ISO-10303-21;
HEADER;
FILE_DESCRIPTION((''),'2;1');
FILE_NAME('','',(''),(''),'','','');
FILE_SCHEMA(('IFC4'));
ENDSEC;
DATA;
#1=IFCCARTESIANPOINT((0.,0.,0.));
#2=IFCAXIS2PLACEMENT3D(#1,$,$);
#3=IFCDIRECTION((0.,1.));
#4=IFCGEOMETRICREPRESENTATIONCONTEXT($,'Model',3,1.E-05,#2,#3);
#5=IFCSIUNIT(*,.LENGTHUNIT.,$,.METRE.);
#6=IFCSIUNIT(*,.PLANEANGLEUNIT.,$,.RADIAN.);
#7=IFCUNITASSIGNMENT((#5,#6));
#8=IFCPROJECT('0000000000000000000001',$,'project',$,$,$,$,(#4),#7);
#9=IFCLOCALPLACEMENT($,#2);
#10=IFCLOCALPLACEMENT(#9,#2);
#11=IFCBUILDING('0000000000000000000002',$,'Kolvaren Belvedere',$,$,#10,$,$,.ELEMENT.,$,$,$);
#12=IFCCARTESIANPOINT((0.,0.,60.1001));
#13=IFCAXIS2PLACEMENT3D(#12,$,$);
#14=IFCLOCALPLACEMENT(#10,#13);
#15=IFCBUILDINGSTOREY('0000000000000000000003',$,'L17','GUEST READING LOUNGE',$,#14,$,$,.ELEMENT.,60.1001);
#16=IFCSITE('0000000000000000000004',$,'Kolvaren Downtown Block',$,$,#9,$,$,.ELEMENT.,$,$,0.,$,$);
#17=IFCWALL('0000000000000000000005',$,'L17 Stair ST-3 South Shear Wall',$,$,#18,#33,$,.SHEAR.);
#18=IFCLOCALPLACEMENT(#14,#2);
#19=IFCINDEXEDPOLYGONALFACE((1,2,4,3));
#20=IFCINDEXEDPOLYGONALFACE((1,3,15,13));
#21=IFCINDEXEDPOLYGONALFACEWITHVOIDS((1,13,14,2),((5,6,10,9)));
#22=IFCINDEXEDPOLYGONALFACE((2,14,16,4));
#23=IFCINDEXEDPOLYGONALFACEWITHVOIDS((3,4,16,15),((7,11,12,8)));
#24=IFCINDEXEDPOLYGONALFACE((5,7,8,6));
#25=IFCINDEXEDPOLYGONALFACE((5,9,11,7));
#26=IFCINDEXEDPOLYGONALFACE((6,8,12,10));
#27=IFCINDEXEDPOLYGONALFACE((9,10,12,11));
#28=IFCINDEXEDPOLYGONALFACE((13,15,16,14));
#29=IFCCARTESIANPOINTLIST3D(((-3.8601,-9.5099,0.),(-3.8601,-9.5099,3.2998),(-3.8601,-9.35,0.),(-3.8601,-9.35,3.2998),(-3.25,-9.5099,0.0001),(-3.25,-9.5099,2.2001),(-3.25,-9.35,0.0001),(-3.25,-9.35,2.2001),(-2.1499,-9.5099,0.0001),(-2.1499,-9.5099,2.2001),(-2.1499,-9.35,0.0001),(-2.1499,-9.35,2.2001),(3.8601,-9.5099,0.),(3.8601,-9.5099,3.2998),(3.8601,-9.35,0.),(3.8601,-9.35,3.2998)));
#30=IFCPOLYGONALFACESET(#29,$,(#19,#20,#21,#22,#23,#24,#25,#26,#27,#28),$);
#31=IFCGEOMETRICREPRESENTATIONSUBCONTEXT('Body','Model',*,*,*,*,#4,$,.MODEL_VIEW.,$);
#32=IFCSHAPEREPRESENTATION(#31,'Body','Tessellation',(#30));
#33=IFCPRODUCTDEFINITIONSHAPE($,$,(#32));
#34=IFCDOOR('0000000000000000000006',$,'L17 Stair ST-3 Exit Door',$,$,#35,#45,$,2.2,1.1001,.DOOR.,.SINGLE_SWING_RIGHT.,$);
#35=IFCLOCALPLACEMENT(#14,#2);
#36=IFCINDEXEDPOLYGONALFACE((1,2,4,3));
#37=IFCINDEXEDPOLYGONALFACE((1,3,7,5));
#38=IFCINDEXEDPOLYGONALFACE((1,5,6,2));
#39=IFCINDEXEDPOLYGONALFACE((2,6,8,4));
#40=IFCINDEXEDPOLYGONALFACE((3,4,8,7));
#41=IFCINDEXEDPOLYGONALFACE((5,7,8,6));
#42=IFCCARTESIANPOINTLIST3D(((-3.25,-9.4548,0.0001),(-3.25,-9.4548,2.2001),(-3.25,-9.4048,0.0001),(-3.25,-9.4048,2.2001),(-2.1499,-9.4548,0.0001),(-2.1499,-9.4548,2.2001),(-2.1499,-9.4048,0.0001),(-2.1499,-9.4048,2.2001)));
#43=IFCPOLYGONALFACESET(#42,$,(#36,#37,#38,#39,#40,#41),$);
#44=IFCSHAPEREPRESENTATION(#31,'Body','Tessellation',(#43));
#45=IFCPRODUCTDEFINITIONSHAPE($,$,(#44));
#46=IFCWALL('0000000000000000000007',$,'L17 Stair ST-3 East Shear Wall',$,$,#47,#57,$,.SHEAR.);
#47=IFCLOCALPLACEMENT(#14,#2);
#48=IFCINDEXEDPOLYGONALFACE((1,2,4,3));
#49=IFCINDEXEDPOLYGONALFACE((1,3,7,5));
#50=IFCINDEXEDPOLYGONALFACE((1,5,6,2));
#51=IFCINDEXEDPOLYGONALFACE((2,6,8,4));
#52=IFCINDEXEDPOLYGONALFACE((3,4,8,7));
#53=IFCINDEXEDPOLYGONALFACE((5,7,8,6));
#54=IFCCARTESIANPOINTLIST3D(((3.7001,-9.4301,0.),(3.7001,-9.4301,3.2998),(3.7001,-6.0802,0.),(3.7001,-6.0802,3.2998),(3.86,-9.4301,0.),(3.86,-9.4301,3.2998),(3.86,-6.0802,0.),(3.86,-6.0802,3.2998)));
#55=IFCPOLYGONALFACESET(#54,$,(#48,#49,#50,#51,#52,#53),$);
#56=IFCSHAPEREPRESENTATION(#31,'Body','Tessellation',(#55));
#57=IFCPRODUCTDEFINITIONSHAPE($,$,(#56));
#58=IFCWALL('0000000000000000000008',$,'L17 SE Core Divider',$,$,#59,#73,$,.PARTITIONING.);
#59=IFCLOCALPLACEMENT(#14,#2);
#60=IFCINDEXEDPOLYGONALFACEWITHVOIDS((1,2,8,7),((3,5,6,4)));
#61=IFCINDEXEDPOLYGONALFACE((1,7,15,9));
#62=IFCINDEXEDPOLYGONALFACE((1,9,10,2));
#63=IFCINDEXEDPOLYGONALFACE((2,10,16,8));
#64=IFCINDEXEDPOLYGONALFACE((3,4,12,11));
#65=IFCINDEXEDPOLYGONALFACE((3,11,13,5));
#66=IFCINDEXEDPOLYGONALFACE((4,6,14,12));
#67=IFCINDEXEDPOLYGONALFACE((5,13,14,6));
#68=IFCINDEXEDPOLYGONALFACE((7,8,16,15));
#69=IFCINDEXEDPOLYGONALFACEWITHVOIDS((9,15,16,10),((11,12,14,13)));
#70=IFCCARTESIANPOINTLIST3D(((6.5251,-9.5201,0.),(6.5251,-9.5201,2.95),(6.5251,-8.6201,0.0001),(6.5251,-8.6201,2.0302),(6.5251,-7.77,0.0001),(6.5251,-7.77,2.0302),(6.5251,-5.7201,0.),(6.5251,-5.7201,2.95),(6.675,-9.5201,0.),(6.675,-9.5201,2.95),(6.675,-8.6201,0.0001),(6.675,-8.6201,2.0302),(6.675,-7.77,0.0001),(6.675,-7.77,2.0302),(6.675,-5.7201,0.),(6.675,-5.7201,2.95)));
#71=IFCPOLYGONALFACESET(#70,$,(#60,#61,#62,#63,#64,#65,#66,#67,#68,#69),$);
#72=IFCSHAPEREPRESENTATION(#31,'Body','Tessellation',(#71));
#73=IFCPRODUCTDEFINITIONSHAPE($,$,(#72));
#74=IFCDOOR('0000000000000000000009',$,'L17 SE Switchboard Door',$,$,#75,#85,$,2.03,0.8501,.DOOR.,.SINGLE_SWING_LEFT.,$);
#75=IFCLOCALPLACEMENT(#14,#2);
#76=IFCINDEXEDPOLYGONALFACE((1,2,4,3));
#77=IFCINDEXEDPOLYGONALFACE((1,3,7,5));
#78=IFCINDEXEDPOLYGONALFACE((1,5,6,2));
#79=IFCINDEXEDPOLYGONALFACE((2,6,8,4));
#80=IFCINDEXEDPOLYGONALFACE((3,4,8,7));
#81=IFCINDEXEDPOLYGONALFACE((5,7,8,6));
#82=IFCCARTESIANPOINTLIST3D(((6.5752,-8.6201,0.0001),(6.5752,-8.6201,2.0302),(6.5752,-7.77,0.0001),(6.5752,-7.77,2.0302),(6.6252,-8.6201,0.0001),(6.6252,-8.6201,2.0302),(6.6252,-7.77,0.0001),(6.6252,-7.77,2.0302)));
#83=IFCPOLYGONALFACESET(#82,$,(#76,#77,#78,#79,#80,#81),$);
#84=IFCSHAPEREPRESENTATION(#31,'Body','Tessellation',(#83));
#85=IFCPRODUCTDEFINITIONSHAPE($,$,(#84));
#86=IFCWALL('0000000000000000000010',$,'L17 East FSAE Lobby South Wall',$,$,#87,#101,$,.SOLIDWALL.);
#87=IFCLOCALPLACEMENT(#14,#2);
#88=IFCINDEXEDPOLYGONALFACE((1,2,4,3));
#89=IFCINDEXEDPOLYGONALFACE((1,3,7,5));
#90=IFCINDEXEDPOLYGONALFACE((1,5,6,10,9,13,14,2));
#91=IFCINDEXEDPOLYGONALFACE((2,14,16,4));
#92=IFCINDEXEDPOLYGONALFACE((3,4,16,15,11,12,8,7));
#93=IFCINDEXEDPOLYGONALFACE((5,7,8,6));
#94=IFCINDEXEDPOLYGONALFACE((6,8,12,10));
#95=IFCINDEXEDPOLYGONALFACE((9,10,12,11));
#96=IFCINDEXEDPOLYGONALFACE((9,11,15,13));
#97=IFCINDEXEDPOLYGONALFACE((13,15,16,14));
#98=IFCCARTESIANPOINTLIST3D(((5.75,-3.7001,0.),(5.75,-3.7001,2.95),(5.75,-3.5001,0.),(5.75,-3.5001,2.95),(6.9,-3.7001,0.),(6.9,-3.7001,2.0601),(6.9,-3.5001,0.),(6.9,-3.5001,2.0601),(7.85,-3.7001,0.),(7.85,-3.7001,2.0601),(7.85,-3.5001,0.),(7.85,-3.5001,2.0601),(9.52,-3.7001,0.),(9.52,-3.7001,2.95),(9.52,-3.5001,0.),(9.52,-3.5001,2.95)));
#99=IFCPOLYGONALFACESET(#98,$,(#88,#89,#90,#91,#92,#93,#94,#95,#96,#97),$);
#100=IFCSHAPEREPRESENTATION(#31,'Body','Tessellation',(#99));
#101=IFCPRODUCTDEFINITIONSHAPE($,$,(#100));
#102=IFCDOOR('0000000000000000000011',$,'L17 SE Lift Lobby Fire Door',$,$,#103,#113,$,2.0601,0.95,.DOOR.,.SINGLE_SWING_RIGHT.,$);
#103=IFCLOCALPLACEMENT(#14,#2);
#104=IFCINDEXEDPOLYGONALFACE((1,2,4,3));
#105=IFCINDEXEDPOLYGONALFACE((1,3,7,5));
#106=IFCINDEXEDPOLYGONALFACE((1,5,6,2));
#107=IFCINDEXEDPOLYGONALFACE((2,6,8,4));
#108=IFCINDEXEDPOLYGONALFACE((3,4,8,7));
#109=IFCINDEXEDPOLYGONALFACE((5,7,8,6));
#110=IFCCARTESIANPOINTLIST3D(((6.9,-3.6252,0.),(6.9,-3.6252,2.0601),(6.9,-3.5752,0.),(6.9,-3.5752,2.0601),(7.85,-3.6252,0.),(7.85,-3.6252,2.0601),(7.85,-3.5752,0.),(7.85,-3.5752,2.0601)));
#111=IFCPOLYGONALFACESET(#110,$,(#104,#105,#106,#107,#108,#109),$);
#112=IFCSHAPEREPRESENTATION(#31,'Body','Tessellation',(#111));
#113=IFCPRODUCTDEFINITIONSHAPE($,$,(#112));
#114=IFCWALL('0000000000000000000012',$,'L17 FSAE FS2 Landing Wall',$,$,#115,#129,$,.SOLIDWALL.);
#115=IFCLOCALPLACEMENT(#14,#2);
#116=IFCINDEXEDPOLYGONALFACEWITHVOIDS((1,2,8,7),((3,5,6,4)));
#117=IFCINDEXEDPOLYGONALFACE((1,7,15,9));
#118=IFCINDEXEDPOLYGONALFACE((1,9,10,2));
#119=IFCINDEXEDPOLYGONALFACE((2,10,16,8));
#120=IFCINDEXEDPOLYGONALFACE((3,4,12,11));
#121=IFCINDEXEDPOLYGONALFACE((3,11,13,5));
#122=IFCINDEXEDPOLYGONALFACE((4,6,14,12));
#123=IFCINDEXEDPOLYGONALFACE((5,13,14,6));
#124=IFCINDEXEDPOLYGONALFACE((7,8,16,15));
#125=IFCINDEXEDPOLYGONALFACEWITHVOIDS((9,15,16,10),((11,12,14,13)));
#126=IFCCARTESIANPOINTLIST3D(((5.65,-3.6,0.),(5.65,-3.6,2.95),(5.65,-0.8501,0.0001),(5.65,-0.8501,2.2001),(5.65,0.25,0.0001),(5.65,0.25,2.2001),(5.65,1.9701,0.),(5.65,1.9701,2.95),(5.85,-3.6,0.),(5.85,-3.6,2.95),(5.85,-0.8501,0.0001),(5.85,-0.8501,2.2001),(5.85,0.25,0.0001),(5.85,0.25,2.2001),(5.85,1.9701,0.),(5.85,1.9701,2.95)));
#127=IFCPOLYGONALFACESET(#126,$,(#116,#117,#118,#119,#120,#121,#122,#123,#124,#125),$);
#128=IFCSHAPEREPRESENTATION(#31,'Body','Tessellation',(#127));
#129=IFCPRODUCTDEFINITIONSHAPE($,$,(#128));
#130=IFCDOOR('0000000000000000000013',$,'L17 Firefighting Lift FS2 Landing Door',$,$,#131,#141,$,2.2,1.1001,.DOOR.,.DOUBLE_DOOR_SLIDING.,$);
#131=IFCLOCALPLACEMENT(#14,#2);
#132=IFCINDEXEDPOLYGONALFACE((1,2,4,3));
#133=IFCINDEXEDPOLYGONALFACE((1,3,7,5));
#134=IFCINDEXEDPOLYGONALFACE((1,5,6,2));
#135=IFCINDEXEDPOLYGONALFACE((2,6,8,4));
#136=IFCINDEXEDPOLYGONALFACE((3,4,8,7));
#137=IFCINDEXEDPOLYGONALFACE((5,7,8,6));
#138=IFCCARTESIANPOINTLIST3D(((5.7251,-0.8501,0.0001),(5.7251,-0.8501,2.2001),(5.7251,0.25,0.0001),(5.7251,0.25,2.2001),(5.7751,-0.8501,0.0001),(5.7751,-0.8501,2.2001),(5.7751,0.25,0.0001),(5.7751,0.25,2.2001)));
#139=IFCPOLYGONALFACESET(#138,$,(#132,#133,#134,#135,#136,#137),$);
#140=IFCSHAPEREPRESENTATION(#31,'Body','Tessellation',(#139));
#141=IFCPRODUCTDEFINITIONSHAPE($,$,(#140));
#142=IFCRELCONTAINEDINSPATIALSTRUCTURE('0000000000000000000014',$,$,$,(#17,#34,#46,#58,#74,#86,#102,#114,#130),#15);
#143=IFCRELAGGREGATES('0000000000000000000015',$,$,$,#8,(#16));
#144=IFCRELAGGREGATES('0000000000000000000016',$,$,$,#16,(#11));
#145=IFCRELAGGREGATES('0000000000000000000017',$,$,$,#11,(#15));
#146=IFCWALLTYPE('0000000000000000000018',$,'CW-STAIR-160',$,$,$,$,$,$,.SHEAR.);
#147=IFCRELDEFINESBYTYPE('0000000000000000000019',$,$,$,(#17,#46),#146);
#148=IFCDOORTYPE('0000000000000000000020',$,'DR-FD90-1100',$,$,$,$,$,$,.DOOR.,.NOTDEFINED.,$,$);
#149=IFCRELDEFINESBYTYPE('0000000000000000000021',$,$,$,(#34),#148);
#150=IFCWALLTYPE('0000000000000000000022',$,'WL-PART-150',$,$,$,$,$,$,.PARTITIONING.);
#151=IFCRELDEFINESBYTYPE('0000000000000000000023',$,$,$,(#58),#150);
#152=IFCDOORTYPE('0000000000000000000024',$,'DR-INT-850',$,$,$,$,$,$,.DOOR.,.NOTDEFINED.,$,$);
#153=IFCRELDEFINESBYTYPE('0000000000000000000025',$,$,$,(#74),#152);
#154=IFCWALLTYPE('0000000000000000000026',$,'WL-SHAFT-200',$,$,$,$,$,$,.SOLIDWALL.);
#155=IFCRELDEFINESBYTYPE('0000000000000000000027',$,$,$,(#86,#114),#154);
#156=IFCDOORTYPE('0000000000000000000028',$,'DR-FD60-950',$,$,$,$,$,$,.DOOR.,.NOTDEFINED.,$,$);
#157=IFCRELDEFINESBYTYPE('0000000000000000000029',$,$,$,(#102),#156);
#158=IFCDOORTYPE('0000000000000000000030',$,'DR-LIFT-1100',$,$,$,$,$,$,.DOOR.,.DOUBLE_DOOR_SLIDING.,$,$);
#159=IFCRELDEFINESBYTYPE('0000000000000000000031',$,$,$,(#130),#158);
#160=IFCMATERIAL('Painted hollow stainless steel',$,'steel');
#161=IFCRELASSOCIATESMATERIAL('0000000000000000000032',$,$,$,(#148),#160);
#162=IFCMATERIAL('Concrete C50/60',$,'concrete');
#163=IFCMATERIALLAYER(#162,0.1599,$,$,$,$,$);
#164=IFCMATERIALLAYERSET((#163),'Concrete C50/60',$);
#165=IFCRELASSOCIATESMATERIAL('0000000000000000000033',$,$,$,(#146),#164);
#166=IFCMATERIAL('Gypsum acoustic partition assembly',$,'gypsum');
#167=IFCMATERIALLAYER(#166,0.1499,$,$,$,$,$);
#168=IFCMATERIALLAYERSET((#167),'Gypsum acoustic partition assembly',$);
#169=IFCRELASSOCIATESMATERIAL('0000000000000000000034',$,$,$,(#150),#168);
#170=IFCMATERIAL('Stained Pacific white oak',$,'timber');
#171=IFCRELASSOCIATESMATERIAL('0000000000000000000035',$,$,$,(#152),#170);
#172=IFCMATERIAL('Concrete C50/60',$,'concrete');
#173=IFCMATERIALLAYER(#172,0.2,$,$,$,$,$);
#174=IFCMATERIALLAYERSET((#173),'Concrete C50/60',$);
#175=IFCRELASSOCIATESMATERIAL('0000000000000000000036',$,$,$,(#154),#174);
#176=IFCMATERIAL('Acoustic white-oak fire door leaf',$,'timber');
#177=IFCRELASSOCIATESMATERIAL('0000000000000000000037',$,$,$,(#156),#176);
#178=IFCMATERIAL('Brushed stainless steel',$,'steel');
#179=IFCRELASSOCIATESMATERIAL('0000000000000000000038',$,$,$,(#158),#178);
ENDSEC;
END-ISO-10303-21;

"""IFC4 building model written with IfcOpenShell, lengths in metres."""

from ifc_helpers import new_model, si_unit, direction, frame, frame_2d, origin, place, context, subcontext, project, spatial, rectangle, extrude, material, layer, layer_set, type_object, element, fill, save


model = new_model("IFC4")

# Units and contexts
model_context = context("Model", 3, precision=1e-05, world=origin(), true_north=direction((0.0, 1.0)))
body_context = subcontext(model_context, "Body", "Model", "MODEL_VIEW")
ifc_project = project(units=[si_unit("LENGTHUNIT", "METRE"), si_unit("PLANEANGLEUNIT", "RADIAN")], contexts=[model_context])

# Site, building, storey
site_placement = place(None, origin())
site = spatial("IfcSite", under=ifc_project, at=site_placement, Name="Kolvaren Downtown Block", CompositionType="ELEMENT", RefElevation=0.0)
building_placement = place(site_placement, origin())
building = spatial("IfcBuilding", under=site, at=building_placement, Name="Kolvaren Belvedere", CompositionType="ELEMENT")
storey_placement = place(building_placement, frame((0.0, 0.0, 60.1001)))
storey = spatial("IfcBuildingStorey", under=building, at=storey_placement, Name="L17", Description="GUEST READING LOUNGE", CompositionType="ELEMENT", Elevation=60.1001)

# Wall, opening, door
ifc_material_1 = material(Name="Painted hollow stainless steel", Category="steel")
door_type_1 = type_object("IfcDoorType", Name="DR-FD90-1100", OperationType="NOTDEFINED", PredefinedType="DOOR", material=ifc_material_1)
ifc_material_2 = material(Name="Concrete C50/60", Category="concrete")
ifc_layer_1 = layer(ifc_material_2, 0.1599)
ifc_layer_set_1 = layer_set([ifc_layer_1], Name="Concrete C50/60")
wall_type_1 = type_object("IfcWallType", Name="CW-STAIR-160", PredefinedType="SHEAR", material=ifc_layer_set_1)
wall_1_placement = place(storey_placement, frame((3.8601, -9.4299, 0.0), z_axis=(0.0, 0.0, 1.0), x_axis=(-1.0, 0.0, 0.0)))
wall_1 = element("IfcWall", 1, at=wall_1_placement, inside=storey, type_object=wall_type_1, Name="L17 Stair ST-3 South Shear Wall", PredefinedType="SHEAR", context=body_context, shape_type="SweptSolid", body=[
    extrude(rectangle(XDim=7.7202, YDim=0.1599, at=frame_2d((3.8601, 0.0))), origin(), (0.0, 0.0, 1.0), 3.2998),
])
opening_1_placement = place(wall_1_placement, frame((6.01, 0.0, 0.0)))
opening_1 = element("IfcOpeningElement", 2, at=opening_1_placement, cuts=wall_1, PredefinedType="OPENING", context=body_context, shape_type="SweptSolid", body=[
    extrude(rectangle(XDim=1.1001, YDim=2.2, at=frame_2d((0.55, 1.1001))), frame((0.0, 0.0898, 0.0), z_axis=(0.0, -1.0, 0.0), x_axis=(1.0, 0.0, 0.0)), (0.0, 0.0, 1.0), 0.1799),
])
door_1_placement = place(opening_1_placement, origin())
door_1 = element("IfcDoor", 3, at=door_1_placement, inside=storey, type_object=door_type_1, Name="L17 Stair ST-3 Exit Door", OperationType="SINGLE_SWING_RIGHT", OverallHeight=2.2, OverallWidth=1.1001, PredefinedType="DOOR", context=body_context, shape_type="SweptSolid", body=[
    extrude(rectangle(XDim=1.1001, YDim=2.2, at=frame_2d((0.55, 1.1001))), frame((0.0, 0.0249, 0.0), z_axis=(0.0, -1.0, 0.0), x_axis=(1.0, 0.0, 0.0)), (0.0, 0.0, 1.0), 0.05),
])
fill(opening_1, door_1)

# Wall
wall_2_placement = place(storey_placement, frame((3.78, -9.4299, 0.0), z_axis=(0.0, 0.0, 1.0), x_axis=(0.0, 1.0, 0.0)))
element("IfcWall", 4, at=wall_2_placement, inside=storey, type_object=wall_type_1, Name="L17 Stair ST-3 East Shear Wall", PredefinedType="SHEAR", context=body_context, shape_type="SweptSolid", body=[
    extrude(rectangle(XDim=3.3499, YDim=0.1599, at=frame_2d((1.6748, 0.0))), origin(), (0.0, 0.0, 1.0), 3.2998),
])

# Walls, openings, doors
ifc_material_3 = material(Name="Gypsum acoustic partition assembly", Category="gypsum")
ifc_layer_2 = layer(ifc_material_3, 0.1499)
ifc_layer_set_2 = layer_set([ifc_layer_2], Name="Gypsum acoustic partition assembly")
wall_type_2 = type_object("IfcWallType", Name="WL-PART-150", PredefinedType="PARTITIONING", material=ifc_layer_set_2)
wall_3_placement = place(storey_placement, frame((6.6001, -9.52, 0.0), z_axis=(0.0, 0.0, 1.0), x_axis=(0.0, 1.0, 0.0)))
wall_3 = element("IfcWall", 5, at=wall_3_placement, inside=storey, type_object=wall_type_2, Name="L17 SE Core Divider", PredefinedType="PARTITIONING", context=body_context, shape_type="SweptSolid", body=[
    extrude(rectangle(XDim=3.8, YDim=0.1499, at=frame_2d((1.8999, 0.0))), origin(), (0.0, 0.0, 1.0), 2.95),
])
opening_2_placement = place(wall_3_placement, frame((0.8999, 0.0, 0.0)))
opening_2 = element("IfcOpeningElement", 6, at=opening_2_placement, cuts=wall_3, PredefinedType="OPENING", context=body_context, shape_type="SweptSolid", body=[
    extrude(rectangle(XDim=0.8501, YDim=2.03, at=frame_2d((0.425, 1.0151))), frame((0.0, 0.085, 0.0), z_axis=(0.0, -1.0, 0.0), x_axis=(1.0, 0.0, 0.0)), (0.0, 0.0, 1.0), 0.1699),
])
ifc_material_4 = material(Name="Stained Pacific white oak", Category="timber")
door_type_2 = type_object("IfcDoorType", Name="DR-INT-850", OperationType="NOTDEFINED", PredefinedType="DOOR", material=ifc_material_4)
door_2_placement = place(opening_2_placement, origin())
door_2 = element("IfcDoor", 7, at=door_2_placement, inside=storey, type_object=door_type_2, Name="L17 SE Switchboard Door", OperationType="SINGLE_SWING_LEFT", OverallHeight=2.03, OverallWidth=0.8501, PredefinedType="DOOR", context=body_context, shape_type="SweptSolid", body=[
    extrude(rectangle(XDim=0.8501, YDim=2.03, at=frame_2d((0.425, 1.0151))), frame((0.0, 0.0249, 0.0), z_axis=(0.0, -1.0, 0.0), x_axis=(1.0, 0.0, 0.0)), (0.0, 0.0, 1.0), 0.05),
])
fill(opening_2, door_2)
ifc_material_5 = material(Name="Concrete C50/60", Category="concrete")
ifc_layer_3 = layer(ifc_material_5, 0.2)
ifc_layer_set_3 = layer_set([ifc_layer_3], Name="Concrete C50/60")
wall_type_3 = type_object("IfcWallType", Name="WL-SHAFT-200", PredefinedType="SOLIDWALL", material=ifc_layer_set_3)
wall_4_placement = place(storey_placement, frame((5.75, -3.6001, 0.0), z_axis=(0.0, 0.0, 1.0), x_axis=(1.0, 0.0, 0.0)))
wall_4 = element("IfcWall", 8, at=wall_4_placement, inside=storey, type_object=wall_type_3, Name="L17 East FSAE Lobby South Wall", PredefinedType="SOLIDWALL", context=body_context, shape_type="SweptSolid", body=[
    extrude(rectangle(XDim=3.77, YDim=0.2, at=frame_2d((1.885, 0.0))), origin(), (0.0, 0.0, 1.0), 2.95),
])
opening_3_placement = place(wall_4_placement, frame((1.1499, 0.0, 0.0)))
opening_3 = element("IfcOpeningElement", 9, at=opening_3_placement, cuts=wall_4, PredefinedType="OPENING", context=body_context, shape_type="SweptSolid", body=[
    extrude(rectangle(XDim=0.95, YDim=2.0601, at=frame_2d((0.4751, 1.03))), frame((0.0, 0.1099, 0.0), z_axis=(0.0, -1.0, 0.0), x_axis=(1.0, 0.0, 0.0)), (0.0, 0.0, 1.0), 0.22),
])
ifc_material_6 = material(Name="Acoustic white-oak fire door leaf", Category="timber")
door_type_3 = type_object("IfcDoorType", Name="DR-FD60-950", OperationType="NOTDEFINED", PredefinedType="DOOR", material=ifc_material_6)
door_3_placement = place(opening_3_placement, origin())
door_3 = element("IfcDoor", 10, at=door_3_placement, inside=storey, type_object=door_type_3, Name="L17 SE Lift Lobby Fire Door", OperationType="SINGLE_SWING_RIGHT", OverallHeight=2.0601, OverallWidth=0.95, PredefinedType="DOOR", context=body_context, shape_type="SweptSolid", body=[
    extrude(rectangle(XDim=0.95, YDim=2.0601, at=frame_2d((0.4751, 1.03))), frame((0.0, 0.0249, 0.0), z_axis=(0.0, -1.0, 0.0), x_axis=(1.0, 0.0, 0.0)), (0.0, 0.0, 1.0), 0.05),
])
fill(opening_3, door_3)
wall_5_placement = place(storey_placement, frame((5.75, -3.6001, 0.0), z_axis=(0.0, 0.0, 1.0), x_axis=(0.0, 1.0, 0.0)))
wall_5 = element("IfcWall", 11, at=wall_5_placement, inside=storey, type_object=wall_type_3, Name="L17 FSAE FS2 Landing Wall", PredefinedType="SOLIDWALL", context=body_context, shape_type="SweptSolid", body=[
    extrude(rectangle(XDim=5.5701, YDim=0.2, at=frame_2d((2.7852, 0.0))), origin(), (0.0, 0.0, 1.0), 2.95),
])
opening_4_placement = place(wall_5_placement, frame((2.75, 0.0, 0.0)))
opening_4 = element("IfcOpeningElement", 12, at=opening_4_placement, cuts=wall_5, PredefinedType="OPENING", context=body_context, shape_type="SweptSolid", body=[
    extrude(rectangle(XDim=1.1001, YDim=2.2, at=frame_2d((0.55, 1.1001))), frame((0.0, 0.1099, 0.0), z_axis=(0.0, -1.0, 0.0), x_axis=(1.0, 0.0, 0.0)), (0.0, 0.0, 1.0), 0.22),
])
ifc_material_7 = material(Name="Brushed stainless steel", Category="steel")
door_type_4 = type_object("IfcDoorType", Name="DR-LIFT-1100", OperationType="DOUBLE_DOOR_SLIDING", PredefinedType="DOOR", material=ifc_material_7)
door_4_placement = place(opening_4_placement, origin())
door_4 = element("IfcDoor", 13, at=door_4_placement, inside=storey, type_object=door_type_4, Name="L17 Firefighting Lift FS2 Landing Door", OperationType="DOUBLE_DOOR_SLIDING", OverallHeight=2.2, OverallWidth=1.1001, PredefinedType="DOOR", context=body_context, shape_type="SweptSolid", body=[
    extrude(rectangle(XDim=1.1001, YDim=2.2, at=frame_2d((0.55, 1.1001))), frame((0.0, 0.0249, 0.0), z_axis=(0.0, -1.0, 0.0), x_axis=(1.0, 0.0, 0.0)), (0.0, 0.0, 1.0), 0.05),
])
fill(opening_4, door_4)

save(model, "model.ifc")
